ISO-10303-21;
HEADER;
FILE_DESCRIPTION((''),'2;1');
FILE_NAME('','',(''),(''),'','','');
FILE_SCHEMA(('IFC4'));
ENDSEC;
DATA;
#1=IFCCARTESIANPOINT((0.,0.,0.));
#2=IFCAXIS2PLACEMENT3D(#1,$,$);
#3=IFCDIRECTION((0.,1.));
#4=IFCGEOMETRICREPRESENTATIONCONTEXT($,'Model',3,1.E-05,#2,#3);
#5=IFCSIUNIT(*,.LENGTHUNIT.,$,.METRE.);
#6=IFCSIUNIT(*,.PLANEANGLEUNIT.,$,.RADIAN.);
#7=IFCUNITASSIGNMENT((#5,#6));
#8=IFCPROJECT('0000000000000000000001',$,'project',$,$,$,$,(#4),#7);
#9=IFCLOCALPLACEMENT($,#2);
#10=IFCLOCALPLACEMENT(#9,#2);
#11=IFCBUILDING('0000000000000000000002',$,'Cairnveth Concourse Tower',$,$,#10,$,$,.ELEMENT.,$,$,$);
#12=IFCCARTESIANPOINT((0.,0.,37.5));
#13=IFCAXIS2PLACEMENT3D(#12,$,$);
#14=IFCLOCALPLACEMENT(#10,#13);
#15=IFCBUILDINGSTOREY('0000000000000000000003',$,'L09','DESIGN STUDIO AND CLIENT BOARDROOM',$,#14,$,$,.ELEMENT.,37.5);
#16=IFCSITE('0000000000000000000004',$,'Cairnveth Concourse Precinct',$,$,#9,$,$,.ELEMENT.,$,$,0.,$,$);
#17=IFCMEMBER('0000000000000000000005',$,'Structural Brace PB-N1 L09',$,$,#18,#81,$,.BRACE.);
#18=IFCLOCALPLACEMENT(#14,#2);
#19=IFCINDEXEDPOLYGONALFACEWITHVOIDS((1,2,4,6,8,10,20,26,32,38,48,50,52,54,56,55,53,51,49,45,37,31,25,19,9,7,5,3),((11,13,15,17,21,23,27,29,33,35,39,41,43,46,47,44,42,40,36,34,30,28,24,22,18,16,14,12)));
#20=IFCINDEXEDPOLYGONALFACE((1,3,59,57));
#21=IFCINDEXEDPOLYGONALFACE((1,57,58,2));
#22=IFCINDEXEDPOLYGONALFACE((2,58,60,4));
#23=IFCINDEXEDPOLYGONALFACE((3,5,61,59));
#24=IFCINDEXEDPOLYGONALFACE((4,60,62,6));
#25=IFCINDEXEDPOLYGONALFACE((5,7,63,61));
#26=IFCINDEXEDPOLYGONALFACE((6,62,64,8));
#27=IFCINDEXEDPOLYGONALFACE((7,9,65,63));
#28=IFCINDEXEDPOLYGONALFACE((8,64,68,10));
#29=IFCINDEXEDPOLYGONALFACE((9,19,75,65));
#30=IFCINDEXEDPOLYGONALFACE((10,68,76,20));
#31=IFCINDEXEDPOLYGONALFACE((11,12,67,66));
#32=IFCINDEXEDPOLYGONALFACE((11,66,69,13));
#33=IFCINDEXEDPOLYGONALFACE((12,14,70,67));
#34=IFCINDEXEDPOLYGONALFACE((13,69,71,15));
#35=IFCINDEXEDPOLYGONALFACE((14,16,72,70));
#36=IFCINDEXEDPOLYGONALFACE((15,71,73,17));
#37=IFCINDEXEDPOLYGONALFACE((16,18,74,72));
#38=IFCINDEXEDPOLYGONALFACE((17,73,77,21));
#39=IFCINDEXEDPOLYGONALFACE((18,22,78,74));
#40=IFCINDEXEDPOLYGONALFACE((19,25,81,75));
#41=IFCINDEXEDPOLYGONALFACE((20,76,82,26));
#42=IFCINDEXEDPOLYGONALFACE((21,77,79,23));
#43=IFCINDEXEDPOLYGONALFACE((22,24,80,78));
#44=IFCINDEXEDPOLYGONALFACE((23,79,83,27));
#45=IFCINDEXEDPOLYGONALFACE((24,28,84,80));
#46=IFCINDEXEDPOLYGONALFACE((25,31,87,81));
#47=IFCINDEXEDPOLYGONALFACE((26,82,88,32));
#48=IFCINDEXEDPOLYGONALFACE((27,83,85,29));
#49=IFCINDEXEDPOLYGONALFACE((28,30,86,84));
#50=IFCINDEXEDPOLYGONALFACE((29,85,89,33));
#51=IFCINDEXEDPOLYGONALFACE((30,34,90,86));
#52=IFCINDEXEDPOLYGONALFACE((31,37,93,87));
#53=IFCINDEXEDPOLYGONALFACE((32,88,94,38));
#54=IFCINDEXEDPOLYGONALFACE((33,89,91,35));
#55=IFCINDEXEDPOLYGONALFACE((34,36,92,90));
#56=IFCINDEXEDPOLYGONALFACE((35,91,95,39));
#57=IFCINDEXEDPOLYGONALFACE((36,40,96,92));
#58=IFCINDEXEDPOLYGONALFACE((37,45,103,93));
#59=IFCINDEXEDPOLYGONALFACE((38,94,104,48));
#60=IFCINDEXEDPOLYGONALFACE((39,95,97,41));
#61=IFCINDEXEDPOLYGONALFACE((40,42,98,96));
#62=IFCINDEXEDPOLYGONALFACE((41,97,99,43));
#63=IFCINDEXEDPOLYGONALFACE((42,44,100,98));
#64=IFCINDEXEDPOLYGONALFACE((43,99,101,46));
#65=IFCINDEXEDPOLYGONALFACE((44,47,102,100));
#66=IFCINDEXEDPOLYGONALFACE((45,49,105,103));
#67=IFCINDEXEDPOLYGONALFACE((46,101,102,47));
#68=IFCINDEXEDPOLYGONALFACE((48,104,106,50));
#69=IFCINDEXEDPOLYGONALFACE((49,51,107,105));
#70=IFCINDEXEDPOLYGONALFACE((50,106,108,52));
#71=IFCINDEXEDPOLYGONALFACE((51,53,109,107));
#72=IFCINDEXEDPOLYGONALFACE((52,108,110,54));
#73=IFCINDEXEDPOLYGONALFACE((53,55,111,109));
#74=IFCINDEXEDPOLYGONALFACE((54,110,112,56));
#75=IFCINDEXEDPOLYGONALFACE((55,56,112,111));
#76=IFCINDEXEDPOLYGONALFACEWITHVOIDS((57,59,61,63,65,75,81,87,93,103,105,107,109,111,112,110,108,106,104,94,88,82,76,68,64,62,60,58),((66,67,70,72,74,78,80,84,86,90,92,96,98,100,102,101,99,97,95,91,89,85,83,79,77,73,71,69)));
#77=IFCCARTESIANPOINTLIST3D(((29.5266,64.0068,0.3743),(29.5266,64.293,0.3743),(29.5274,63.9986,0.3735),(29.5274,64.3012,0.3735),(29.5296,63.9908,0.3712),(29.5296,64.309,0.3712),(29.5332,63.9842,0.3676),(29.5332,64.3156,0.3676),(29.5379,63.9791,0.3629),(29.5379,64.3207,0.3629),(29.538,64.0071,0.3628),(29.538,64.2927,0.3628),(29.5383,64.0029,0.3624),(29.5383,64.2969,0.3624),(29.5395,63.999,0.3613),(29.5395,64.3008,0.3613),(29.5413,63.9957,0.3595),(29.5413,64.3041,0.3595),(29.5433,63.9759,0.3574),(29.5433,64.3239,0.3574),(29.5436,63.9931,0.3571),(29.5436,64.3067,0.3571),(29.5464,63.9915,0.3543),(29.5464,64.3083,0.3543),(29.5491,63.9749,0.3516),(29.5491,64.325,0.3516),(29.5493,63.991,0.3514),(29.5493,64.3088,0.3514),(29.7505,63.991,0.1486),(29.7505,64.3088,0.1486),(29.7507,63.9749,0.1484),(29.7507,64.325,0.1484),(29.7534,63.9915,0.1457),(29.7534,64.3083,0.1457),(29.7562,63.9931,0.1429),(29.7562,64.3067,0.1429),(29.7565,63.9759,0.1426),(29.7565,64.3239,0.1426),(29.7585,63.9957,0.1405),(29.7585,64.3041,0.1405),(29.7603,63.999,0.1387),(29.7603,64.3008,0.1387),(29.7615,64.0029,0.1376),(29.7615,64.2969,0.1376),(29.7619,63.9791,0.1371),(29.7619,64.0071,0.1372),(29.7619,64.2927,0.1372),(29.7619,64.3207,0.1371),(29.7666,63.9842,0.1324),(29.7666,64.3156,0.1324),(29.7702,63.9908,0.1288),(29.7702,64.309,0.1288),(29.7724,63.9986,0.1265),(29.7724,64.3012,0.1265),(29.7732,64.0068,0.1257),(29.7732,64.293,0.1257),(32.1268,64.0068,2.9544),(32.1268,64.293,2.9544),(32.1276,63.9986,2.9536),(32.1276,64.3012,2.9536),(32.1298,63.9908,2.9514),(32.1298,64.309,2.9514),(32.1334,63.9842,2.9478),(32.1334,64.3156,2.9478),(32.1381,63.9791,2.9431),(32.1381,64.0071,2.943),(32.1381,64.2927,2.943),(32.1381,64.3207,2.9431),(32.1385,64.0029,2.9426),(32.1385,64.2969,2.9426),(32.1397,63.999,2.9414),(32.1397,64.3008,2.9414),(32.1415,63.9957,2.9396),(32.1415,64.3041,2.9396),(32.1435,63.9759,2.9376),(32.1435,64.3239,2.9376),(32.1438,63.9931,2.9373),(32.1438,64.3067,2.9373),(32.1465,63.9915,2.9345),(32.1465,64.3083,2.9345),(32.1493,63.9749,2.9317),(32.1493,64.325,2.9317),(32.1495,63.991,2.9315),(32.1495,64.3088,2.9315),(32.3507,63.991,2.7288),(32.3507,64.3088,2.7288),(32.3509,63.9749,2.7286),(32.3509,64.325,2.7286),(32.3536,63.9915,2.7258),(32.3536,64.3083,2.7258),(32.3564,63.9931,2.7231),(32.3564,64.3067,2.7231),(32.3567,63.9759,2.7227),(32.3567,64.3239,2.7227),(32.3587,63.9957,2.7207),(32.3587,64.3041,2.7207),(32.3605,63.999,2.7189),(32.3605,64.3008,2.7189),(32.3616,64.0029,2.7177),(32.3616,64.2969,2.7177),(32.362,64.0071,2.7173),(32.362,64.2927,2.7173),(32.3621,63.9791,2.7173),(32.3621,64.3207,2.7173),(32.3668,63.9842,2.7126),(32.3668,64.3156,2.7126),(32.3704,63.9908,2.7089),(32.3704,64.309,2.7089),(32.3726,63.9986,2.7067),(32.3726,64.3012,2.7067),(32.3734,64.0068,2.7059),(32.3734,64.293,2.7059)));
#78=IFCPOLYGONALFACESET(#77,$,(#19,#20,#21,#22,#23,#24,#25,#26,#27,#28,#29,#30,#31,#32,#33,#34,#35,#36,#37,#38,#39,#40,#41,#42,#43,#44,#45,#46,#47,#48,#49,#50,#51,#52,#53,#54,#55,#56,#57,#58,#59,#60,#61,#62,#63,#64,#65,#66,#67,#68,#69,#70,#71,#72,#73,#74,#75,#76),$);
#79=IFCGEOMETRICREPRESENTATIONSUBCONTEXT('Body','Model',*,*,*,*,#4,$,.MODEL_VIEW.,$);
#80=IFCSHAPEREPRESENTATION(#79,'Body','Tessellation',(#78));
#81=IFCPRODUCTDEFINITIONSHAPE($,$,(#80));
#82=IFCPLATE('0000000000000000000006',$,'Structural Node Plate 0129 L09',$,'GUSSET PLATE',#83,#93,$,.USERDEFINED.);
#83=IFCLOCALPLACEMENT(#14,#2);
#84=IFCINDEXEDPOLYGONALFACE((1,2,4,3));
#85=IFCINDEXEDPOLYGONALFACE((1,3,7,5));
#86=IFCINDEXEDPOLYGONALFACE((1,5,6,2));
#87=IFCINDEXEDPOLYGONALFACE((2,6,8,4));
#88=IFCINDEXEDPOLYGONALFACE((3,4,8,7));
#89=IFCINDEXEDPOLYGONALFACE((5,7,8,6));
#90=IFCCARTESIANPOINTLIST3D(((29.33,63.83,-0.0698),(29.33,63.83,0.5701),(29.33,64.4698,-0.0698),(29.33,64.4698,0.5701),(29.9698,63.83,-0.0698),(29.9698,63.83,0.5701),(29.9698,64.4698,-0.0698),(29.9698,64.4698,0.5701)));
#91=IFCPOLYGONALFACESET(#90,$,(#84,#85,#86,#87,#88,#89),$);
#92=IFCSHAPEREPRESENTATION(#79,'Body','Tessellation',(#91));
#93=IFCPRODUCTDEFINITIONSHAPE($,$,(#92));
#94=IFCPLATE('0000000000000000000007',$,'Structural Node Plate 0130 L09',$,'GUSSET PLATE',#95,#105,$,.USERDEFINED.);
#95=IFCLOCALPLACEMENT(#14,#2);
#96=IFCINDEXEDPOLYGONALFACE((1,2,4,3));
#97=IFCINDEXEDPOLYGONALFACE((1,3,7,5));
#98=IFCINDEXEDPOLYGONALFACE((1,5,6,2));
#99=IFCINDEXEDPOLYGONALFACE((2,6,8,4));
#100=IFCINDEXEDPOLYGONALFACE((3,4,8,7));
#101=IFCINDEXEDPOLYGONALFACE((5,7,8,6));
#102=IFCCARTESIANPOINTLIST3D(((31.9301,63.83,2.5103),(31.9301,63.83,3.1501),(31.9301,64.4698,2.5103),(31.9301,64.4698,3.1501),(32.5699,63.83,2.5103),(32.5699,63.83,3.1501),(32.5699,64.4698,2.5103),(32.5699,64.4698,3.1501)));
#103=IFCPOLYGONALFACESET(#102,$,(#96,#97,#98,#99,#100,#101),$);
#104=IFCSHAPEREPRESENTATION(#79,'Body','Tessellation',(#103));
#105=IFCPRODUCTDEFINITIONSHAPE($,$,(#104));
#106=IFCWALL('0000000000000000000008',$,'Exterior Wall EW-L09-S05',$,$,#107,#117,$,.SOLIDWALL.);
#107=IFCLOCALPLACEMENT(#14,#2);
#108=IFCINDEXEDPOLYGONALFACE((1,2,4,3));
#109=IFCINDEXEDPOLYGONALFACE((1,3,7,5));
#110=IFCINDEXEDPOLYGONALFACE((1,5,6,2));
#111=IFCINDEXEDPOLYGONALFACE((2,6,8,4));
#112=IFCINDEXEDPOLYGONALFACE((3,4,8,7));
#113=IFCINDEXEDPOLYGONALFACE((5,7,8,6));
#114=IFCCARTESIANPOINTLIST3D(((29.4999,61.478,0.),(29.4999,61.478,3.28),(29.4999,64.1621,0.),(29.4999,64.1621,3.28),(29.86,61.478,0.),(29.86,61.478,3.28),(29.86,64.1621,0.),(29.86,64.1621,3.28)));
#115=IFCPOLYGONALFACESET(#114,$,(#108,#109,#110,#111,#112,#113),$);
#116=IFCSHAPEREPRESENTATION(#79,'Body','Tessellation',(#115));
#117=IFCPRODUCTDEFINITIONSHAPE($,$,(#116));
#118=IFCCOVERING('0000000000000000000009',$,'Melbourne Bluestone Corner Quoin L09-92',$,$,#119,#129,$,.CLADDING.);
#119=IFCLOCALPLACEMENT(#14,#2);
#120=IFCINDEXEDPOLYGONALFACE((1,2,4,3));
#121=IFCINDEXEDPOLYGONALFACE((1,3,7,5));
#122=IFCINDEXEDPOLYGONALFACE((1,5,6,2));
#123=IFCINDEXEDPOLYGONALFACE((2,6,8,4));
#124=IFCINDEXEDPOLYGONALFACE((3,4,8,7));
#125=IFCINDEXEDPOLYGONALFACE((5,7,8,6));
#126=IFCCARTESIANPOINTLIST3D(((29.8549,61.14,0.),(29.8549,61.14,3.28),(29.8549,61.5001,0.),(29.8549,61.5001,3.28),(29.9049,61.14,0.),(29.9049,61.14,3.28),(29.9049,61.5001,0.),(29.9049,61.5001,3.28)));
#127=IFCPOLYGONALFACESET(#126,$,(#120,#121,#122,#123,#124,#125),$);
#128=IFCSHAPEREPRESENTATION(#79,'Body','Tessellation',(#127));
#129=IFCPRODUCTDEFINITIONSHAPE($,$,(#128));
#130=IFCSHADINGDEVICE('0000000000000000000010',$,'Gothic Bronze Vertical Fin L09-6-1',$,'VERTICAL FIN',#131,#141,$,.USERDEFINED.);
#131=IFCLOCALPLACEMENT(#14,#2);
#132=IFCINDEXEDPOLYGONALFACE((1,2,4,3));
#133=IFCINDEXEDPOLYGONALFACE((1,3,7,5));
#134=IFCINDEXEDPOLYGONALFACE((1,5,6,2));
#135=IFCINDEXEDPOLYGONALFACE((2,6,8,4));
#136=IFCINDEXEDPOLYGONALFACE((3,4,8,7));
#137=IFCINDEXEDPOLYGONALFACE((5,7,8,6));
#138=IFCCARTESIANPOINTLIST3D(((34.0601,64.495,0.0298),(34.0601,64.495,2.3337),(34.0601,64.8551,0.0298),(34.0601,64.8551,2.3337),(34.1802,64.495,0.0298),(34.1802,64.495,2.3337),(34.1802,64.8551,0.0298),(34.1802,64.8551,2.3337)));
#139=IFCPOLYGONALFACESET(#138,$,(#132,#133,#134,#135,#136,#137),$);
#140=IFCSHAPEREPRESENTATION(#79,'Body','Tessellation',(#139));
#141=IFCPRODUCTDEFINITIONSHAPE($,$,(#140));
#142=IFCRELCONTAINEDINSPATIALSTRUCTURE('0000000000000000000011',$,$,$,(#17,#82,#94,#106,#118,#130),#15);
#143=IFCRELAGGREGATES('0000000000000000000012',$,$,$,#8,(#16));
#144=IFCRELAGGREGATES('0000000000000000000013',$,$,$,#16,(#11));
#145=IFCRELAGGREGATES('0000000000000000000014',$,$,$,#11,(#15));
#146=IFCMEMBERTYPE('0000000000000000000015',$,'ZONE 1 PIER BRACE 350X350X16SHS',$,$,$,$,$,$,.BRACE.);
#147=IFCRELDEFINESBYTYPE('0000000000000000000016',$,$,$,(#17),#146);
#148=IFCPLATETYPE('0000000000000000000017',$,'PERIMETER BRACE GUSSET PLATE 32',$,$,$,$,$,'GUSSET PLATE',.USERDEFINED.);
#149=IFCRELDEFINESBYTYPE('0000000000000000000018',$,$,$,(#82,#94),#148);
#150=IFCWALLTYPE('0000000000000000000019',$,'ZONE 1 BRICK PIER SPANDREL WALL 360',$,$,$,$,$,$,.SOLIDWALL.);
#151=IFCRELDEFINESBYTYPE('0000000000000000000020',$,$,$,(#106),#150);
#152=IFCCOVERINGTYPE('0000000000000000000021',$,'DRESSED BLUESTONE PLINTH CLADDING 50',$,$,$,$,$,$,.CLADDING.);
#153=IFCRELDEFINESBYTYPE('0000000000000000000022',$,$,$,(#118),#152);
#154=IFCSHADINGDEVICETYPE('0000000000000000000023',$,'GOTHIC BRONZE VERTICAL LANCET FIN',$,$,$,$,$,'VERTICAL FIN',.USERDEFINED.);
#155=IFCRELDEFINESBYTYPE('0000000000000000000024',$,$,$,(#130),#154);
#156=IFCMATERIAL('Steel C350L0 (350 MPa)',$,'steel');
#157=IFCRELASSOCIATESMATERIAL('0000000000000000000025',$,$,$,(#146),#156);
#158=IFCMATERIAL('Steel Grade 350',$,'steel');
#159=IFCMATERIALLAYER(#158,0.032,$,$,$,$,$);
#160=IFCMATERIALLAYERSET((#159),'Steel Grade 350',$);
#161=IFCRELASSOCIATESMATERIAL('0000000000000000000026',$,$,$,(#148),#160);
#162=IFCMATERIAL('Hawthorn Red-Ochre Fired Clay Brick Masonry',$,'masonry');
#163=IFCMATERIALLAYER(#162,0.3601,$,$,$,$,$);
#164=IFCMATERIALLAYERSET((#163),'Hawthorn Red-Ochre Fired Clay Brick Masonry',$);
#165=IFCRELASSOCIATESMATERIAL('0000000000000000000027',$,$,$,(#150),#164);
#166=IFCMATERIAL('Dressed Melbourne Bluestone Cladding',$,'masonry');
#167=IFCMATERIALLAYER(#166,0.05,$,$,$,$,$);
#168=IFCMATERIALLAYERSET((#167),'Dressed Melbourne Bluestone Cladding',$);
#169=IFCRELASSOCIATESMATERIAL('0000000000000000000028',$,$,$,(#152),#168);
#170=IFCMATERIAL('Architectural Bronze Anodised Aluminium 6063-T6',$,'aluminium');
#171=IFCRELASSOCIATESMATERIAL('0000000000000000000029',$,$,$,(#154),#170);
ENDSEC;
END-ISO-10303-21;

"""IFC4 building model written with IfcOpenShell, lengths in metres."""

from ifc_helpers import new_model, si_unit, direction, frame, frame_2d, origin, origin_2d, place, context, subcontext, project, spatial, rectangle, hollow_rectangle, extrude, material, layer, layer_set, material_profile, profile_set, type_object, element, save


model = new_model("IFC4")

# Units and contexts
model_context = context("Model", 3, precision=1e-05, world=origin(), true_north=direction((0.0, 1.0)))
body_context = subcontext(model_context, "Body", "Model", "MODEL_VIEW")
ifc_project = project(units=[si_unit("LENGTHUNIT", "METRE"), si_unit("PLANEANGLEUNIT", "RADIAN")], contexts=[model_context])

# Site, building, storey
site_placement = place(None, origin())
site = spatial("IfcSite", under=ifc_project, at=site_placement, Name="Cairnveth Concourse Precinct", CompositionType="ELEMENT", RefElevation=0.0)
building_placement = place(site_placement, origin())
building = spatial("IfcBuilding", under=site, at=building_placement, Name="Cairnveth Concourse Tower", CompositionType="ELEMENT")
storey_placement = place(building_placement, frame((0.0, 0.0, 37.5)))
storey = spatial("IfcBuildingStorey", under=building, at=storey_placement, Name="L09", Description="DESIGN STUDIO AND CLIENT BOARDROOM", CompositionType="ELEMENT", Elevation=37.5)

# Member
ifc_material_1 = material(Name="Steel C350L0 (350 MPa)", Category="steel")
ifc_material_profile = material_profile(ifc_material_1, hollow_rectangle(XDim=0.3501, YDim=0.3501, WallThickness=0.0161, InnerFilletRadius=0.0161, OuterFilletRadius=0.032, at=origin_2d()), Name="350x350x16.0SHS")
ifc_profile_set = profile_set([ifc_material_profile], Name="Steel C350L0 (350 MPa)")
member_type = type_object("IfcMemberType", Name="ZONE 1 PIER BRACE 350X350X16SHS", PredefinedType="BRACE", material=ifc_profile_set)
member_placement = place(storey_placement, frame((29.6499, 64.1499, 0.25), z_axis=(0.709834, 0.0, 0.704369), x_axis=(0.0, 1.0, 0.0)))
element("IfcMember", 1, at=member_placement, inside=storey, type_object=member_type, Name="Structural Brace PB-N1 L09", PredefinedType="BRACE", context=body_context, shape_type="SweptSolid", body=[
    extrude(hollow_rectangle(XDim=0.3501, YDim=0.3501, WallThickness=0.0161, InnerFilletRadius=0.0161, OuterFilletRadius=0.032, at=origin_2d()), origin(), (0.0, 0.0, 1.0), 3.6631),
])

# Plates
ifc_material_2 = material(Name="Steel Grade 350", Category="steel")
ifc_layer_1 = layer(ifc_material_2, 0.032)
ifc_layer_set_1 = layer_set([ifc_layer_1], Name="Steel Grade 350")
plate_type = type_object("IfcPlateType", Name="PERIMETER BRACE GUSSET PLATE 32", ElementType="GUSSET PLATE", PredefinedType="USERDEFINED", material=ifc_layer_set_1)
for number, where, z_axis, x_axis, name in (
    (2, (29.6499, 64.1499, -0.0698), (0.0, 0.0, 1.0), (1.0, 0.0, 0.0), "Structural Node Plate 0129 L09"),
    (3, (32.25, 64.1499, 2.5103), (0.0, 0.0, 1.0), (1.0, 0.0, 0.0), "Structural Node Plate 0130 L09"),
):
    element("IfcPlate", number, at=place(storey_placement, frame(where, z_axis=z_axis, x_axis=x_axis)), inside=storey, type_object=plate_type, Name=name, ObjectType="GUSSET PLATE", PredefinedType="USERDEFINED", context=body_context, shape_type="SweptSolid", body=[
        extrude(rectangle(XDim=0.6399, YDim=0.6399, at=origin_2d()), origin(), (0.0, 0.0, 1.0), 0.6399),
    ])

# Wall
ifc_material_3 = material(Name="Hawthorn Red-Ochre Fired Clay Brick Masonry", Category="masonry")
ifc_layer_2 = layer(ifc_material_3, 0.3601)
ifc_layer_set_2 = layer_set([ifc_layer_2], Name="Hawthorn Red-Ochre Fired Clay Brick Masonry")
wall_type = type_object("IfcWallType", Name="ZONE 1 BRICK PIER SPANDREL WALL 360", PredefinedType="SOLIDWALL", material=ifc_layer_set_2)
wall_1_placement = place(storey_placement, frame((29.6799, 61.478, 0.0), z_axis=(0.0, 0.0, 1.0), x_axis=(0.0, 1.0, 0.0)))
element("IfcWall", 4, at=wall_1_placement, inside=storey, type_object=wall_type, Name="Exterior Wall EW-L09-S05", PredefinedType="SOLIDWALL", context=body_context, shape_type="SweptSolid", body=[
    extrude(rectangle(XDim=2.6841, YDim=0.3601, at=frame_2d((1.342, 0.0))), origin(), (0.0, 0.0, 1.0), 3.28),
])

# Covering
ifc_material_4 = material(Name="Dressed Melbourne Bluestone Cladding", Category="masonry")
ifc_layer_3 = layer(ifc_material_4, 0.05)
ifc_layer_set_3 = layer_set([ifc_layer_3], Name="Dressed Melbourne Bluestone Cladding")
covering_type = type_object("IfcCoveringType", Name="DRESSED BLUESTONE PLINTH CLADDING 50", PredefinedType="CLADDING", material=ifc_layer_set_3)
covering_placement = place(storey_placement, frame((29.8799, 61.1399, 0.0), z_axis=(0.0, 0.0, 1.0), x_axis=(0.0, 1.0, 0.0)))
element("IfcCovering", 5, at=covering_placement, inside=storey, type_object=covering_type, Name="Melbourne Bluestone Corner Quoin L09-92", PredefinedType="CLADDING", context=body_context, shape_type="SweptSolid", body=[
    extrude(rectangle(XDim=0.3601, YDim=0.05, at=frame_2d((0.1802, 0.0))), origin(), (0.0, 0.0, 1.0), 3.28),
])

# Shading device
ifc_material_5 = material(Name="Architectural Bronze Anodised Aluminium 6063-T6", Category="aluminium")
shading_device_type = type_object("IfcShadingDeviceType", Name="GOTHIC BRONZE VERTICAL LANCET FIN", ElementType="VERTICAL FIN", PredefinedType="USERDEFINED", material=ifc_material_5)
shading_device_placement = place(storey_placement, frame((34.1201, 64.675, 0.0298), z_axis=(0.0, 0.0, 1.0), x_axis=(1.0, 0.0, 0.0)))
element("IfcShadingDevice", 6, at=shading_device_placement, inside=storey, type_object=shading_device_type, Name="Gothic Bronze Vertical Fin L09-6-1", ObjectType="VERTICAL FIN", PredefinedType="USERDEFINED", context=body_context, shape_type="SweptSolid", body=[
    extrude(rectangle(XDim=0.1201, YDim=0.3601, at=origin_2d()), origin(), (0.0, 0.0, 1.0), 2.304),
])

save(model, "model.ifc")
